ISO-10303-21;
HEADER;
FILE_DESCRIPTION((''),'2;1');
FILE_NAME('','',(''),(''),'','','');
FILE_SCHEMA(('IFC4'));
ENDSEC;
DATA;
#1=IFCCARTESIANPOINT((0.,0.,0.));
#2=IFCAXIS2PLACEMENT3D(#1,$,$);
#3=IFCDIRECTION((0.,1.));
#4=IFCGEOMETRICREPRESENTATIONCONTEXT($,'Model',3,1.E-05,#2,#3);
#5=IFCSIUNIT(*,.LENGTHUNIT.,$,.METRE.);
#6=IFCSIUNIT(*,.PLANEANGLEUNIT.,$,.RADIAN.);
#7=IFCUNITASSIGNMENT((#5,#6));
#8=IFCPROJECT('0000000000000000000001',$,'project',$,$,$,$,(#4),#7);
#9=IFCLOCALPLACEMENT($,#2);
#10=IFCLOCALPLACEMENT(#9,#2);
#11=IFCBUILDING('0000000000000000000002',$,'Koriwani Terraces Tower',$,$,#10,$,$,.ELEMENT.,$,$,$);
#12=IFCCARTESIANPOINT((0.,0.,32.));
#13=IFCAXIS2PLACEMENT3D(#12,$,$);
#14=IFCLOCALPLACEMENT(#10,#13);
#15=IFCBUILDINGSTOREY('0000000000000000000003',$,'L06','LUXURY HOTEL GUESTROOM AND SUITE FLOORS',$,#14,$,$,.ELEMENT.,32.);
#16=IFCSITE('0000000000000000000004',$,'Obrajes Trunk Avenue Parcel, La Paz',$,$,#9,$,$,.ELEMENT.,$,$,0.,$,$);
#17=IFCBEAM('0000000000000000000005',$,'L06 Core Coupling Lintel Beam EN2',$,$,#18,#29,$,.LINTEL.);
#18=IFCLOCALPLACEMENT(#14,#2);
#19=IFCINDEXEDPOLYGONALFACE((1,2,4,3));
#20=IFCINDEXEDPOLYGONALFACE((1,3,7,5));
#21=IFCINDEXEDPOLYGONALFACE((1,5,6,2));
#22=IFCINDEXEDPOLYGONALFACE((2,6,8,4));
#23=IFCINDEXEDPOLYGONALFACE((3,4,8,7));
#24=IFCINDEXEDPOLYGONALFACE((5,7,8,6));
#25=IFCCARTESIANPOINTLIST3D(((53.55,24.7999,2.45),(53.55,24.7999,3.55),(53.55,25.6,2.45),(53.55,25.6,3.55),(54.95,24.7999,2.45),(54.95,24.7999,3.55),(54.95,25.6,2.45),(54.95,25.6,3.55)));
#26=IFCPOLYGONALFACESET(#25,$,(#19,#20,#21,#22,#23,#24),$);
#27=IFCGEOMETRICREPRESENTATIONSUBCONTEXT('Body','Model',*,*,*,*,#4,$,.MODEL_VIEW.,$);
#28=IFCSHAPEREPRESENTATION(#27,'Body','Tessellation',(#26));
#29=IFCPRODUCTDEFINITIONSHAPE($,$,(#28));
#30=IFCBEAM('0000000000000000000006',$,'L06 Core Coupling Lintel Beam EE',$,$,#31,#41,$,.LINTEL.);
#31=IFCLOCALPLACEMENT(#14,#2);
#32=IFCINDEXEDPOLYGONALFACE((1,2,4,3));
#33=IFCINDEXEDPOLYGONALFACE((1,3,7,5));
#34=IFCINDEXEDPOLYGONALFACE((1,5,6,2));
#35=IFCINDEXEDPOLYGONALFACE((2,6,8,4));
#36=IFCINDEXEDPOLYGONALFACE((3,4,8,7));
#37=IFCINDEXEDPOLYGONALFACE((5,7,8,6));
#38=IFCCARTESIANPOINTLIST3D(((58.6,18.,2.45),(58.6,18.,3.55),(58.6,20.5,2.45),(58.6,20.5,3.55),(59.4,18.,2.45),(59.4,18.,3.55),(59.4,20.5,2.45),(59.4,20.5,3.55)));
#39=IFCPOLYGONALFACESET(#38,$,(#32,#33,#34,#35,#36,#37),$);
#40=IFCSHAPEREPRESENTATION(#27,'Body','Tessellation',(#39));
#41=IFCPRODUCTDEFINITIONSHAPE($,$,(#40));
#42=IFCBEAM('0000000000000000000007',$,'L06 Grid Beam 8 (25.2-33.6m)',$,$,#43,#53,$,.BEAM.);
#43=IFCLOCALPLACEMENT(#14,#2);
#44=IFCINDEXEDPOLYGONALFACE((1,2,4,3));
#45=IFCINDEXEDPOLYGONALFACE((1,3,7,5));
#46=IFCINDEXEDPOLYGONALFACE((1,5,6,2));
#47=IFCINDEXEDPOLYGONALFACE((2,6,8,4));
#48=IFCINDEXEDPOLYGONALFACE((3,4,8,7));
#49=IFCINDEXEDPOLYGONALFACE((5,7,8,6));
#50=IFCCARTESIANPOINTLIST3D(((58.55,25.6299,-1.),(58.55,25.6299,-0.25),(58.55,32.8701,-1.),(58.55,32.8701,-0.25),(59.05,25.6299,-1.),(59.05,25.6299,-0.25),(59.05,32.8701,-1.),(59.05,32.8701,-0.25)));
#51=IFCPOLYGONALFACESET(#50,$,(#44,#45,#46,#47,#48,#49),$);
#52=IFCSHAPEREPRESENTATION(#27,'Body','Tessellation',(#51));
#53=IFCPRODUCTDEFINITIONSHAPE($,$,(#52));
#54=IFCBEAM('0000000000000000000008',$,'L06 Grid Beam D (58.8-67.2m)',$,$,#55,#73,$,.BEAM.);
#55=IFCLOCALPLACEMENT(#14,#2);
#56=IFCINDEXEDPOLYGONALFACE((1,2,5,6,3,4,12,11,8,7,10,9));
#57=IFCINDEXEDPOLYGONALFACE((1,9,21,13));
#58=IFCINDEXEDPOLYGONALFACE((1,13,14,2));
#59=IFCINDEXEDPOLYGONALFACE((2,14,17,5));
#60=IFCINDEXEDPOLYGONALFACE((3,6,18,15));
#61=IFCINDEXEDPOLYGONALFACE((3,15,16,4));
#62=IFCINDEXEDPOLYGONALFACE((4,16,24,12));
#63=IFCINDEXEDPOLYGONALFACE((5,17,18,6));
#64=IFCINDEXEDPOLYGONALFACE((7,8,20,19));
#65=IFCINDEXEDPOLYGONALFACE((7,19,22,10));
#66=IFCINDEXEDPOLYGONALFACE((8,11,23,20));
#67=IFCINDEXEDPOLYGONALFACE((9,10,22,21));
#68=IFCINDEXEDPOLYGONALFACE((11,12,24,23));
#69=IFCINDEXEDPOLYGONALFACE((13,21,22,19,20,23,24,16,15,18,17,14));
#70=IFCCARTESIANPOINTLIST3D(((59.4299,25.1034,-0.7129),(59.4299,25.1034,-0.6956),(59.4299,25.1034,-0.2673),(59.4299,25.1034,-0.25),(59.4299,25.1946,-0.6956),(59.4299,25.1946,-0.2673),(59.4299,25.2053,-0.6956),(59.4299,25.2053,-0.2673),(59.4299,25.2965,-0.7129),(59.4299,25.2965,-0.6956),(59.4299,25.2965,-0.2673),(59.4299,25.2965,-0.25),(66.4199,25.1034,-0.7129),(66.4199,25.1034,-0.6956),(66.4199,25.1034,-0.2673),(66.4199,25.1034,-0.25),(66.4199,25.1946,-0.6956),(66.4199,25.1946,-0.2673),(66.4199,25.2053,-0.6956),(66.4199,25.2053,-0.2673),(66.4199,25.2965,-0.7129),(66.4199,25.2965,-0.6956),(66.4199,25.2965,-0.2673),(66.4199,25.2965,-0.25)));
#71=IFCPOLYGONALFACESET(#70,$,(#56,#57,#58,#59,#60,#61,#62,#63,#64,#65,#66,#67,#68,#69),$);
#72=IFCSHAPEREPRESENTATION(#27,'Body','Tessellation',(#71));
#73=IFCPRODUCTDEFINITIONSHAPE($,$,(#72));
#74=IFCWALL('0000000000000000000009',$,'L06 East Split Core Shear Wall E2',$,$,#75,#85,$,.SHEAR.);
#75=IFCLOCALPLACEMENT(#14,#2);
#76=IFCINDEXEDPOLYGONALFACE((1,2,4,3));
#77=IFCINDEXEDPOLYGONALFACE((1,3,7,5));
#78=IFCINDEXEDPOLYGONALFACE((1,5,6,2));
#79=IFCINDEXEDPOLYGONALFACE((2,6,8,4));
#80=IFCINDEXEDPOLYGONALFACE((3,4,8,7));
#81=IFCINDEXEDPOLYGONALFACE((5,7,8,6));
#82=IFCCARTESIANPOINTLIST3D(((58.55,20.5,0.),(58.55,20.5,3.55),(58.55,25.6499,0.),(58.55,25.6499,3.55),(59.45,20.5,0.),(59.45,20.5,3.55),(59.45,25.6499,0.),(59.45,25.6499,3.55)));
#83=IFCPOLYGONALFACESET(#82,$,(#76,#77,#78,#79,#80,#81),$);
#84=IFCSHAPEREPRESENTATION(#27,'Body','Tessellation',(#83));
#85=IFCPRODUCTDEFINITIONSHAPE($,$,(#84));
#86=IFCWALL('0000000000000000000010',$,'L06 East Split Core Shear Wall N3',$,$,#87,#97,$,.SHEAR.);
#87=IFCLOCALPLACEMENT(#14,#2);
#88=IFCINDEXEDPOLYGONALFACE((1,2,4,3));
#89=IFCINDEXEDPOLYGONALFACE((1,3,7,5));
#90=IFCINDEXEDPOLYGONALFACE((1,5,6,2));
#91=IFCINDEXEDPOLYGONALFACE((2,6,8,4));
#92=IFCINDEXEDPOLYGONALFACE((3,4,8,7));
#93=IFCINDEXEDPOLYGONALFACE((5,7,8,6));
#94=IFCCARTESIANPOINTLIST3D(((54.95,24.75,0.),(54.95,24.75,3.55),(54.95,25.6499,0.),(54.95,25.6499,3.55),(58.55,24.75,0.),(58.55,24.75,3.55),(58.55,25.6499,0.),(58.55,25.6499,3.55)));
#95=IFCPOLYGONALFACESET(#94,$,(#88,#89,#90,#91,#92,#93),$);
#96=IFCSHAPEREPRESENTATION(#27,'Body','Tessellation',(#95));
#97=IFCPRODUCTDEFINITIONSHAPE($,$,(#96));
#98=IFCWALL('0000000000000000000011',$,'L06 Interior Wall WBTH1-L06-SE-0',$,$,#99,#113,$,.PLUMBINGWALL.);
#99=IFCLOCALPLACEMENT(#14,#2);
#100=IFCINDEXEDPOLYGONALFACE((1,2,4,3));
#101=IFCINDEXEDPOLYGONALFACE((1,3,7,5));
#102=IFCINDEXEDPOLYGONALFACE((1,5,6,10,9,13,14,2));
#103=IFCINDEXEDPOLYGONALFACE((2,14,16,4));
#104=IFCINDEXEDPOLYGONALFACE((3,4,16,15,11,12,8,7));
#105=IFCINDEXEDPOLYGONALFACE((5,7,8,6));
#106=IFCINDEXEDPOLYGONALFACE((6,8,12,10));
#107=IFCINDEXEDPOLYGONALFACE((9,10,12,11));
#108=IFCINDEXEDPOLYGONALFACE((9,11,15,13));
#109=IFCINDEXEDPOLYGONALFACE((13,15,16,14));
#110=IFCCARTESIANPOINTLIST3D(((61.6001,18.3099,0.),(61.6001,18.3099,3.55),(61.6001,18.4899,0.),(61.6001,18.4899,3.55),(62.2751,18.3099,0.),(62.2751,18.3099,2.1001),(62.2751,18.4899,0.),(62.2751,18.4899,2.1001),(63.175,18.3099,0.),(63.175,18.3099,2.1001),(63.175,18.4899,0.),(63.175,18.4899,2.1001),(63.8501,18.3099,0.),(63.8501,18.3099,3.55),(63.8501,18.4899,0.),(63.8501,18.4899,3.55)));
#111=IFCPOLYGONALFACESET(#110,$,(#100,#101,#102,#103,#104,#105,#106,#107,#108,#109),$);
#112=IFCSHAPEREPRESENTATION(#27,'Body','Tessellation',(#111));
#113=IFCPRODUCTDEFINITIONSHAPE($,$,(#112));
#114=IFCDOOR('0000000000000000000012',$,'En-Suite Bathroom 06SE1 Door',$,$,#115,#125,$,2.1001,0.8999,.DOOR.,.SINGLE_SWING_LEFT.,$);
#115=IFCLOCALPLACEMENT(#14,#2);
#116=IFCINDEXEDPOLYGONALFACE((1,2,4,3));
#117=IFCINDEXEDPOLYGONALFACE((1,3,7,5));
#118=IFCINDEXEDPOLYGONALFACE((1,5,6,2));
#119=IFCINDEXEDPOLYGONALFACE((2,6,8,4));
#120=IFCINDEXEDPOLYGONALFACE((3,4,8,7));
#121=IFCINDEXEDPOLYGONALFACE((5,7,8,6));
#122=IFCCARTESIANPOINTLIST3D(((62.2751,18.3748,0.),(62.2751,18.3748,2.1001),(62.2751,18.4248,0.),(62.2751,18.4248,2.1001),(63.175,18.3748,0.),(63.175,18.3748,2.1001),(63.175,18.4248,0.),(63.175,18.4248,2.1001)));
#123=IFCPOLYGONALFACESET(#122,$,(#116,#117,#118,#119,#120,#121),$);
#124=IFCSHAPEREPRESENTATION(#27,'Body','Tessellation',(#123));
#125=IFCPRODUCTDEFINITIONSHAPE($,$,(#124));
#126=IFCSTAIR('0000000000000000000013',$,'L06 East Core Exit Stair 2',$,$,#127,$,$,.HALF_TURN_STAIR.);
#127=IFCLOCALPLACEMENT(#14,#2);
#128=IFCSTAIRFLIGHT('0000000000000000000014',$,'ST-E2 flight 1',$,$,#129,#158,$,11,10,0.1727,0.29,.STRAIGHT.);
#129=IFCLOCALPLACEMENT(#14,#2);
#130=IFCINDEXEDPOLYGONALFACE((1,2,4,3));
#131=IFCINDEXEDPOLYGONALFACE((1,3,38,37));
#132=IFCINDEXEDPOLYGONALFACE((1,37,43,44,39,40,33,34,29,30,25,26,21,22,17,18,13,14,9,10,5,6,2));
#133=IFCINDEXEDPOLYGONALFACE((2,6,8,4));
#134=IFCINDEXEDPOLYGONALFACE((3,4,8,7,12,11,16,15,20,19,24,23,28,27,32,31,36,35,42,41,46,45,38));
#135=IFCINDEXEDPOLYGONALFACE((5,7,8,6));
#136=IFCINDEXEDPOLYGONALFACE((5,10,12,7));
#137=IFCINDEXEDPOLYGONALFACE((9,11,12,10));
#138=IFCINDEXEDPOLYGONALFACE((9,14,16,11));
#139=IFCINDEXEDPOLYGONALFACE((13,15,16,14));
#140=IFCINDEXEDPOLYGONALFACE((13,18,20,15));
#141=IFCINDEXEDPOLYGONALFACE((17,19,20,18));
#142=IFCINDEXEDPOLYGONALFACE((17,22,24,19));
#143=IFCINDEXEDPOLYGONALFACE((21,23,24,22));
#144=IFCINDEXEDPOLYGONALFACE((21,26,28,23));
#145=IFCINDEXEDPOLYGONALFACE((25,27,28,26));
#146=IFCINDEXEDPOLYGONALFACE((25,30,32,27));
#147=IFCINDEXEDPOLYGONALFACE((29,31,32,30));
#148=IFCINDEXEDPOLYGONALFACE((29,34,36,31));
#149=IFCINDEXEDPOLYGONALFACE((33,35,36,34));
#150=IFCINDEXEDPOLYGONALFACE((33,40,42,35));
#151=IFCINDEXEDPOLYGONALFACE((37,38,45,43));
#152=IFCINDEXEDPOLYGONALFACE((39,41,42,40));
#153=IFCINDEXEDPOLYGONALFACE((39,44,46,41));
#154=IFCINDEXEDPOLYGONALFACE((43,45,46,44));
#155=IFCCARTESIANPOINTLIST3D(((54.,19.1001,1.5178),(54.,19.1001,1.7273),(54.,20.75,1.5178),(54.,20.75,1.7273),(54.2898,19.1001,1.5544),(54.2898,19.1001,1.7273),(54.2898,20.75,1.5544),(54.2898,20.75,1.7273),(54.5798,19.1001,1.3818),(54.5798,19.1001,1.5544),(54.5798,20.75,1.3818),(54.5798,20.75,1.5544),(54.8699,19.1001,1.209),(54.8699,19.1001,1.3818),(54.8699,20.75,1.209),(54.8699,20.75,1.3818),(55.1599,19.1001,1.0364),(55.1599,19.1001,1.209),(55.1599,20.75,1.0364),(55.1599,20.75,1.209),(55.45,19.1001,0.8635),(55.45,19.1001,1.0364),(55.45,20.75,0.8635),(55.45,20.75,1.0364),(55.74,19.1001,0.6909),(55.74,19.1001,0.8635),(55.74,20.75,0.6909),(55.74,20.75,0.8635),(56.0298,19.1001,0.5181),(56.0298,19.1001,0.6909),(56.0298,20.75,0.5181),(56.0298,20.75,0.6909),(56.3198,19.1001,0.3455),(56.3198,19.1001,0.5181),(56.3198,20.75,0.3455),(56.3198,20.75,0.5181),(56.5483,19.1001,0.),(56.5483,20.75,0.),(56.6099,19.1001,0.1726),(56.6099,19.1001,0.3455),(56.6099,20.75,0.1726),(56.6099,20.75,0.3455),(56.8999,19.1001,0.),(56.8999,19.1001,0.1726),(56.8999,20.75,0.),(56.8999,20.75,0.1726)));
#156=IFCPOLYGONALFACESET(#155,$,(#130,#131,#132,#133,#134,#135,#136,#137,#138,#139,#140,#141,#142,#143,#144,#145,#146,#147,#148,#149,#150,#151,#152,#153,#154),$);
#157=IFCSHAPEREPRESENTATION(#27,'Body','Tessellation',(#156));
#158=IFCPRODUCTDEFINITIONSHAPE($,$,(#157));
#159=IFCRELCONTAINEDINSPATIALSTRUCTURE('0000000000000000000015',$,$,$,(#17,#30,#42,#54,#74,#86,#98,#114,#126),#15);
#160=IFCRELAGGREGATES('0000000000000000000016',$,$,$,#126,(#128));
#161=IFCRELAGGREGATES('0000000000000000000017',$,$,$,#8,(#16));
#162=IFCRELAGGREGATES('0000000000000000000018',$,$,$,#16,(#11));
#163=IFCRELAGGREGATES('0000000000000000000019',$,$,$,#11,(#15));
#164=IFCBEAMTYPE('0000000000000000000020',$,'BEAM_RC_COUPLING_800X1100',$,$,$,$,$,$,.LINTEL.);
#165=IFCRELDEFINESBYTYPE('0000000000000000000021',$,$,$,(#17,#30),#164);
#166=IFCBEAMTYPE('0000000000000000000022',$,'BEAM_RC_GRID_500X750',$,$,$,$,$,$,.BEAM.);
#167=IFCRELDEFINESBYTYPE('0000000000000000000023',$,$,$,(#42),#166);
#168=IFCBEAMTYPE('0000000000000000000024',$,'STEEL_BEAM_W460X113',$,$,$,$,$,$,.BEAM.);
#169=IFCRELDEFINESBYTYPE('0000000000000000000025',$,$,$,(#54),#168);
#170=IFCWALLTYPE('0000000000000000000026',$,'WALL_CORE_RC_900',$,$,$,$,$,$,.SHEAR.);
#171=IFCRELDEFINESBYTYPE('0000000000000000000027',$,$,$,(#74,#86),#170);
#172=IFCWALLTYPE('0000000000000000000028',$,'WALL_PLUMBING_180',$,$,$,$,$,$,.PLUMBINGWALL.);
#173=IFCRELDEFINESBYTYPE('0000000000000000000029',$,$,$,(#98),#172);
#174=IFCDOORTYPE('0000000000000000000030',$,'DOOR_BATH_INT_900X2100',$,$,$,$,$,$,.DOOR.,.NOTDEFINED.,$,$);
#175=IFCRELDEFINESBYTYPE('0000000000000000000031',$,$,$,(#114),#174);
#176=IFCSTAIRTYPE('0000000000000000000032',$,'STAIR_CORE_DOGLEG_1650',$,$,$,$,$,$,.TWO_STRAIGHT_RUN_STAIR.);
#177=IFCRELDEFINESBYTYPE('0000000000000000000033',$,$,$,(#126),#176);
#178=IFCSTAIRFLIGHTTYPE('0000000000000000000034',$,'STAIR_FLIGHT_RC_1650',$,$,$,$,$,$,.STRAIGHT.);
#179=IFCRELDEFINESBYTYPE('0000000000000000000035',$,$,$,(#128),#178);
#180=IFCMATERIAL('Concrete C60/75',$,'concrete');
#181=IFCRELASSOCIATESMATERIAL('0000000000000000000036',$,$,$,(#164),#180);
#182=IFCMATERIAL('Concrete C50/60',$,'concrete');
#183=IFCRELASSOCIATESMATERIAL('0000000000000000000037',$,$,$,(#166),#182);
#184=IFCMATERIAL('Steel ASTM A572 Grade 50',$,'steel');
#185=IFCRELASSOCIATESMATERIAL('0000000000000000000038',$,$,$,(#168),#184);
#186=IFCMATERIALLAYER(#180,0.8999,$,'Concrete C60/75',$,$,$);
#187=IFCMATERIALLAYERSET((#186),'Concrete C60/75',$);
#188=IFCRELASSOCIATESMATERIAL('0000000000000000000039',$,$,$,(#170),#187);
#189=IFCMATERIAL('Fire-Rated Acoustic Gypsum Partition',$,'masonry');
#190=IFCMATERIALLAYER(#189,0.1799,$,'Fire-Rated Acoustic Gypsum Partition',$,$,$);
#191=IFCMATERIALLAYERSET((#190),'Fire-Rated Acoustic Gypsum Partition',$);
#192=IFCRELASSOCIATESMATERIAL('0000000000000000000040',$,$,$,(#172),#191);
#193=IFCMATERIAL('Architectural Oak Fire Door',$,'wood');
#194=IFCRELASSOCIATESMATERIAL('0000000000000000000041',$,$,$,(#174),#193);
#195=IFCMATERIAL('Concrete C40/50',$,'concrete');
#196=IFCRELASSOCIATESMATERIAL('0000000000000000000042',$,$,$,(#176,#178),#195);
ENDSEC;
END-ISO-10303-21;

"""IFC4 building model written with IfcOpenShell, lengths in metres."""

from ifc_helpers import new_model, si_unit, direction, frame, frame_2d, origin, origin_2d, place, context, subcontext, project, spatial, polyline, rectangle, i_section, outline, extrude, material, layer, layer_set, material_profile, profile_set, type_object, element, fill, aggregate, save


model = new_model("IFC4")

# Units and contexts
model_context = context("Model", 3, precision=1e-05, world=origin(), true_north=direction((0.0, 1.0)))
body_context = subcontext(model_context, "Body", "Model", "MODEL_VIEW")
ifc_project = project(units=[si_unit("LENGTHUNIT", "METRE"), si_unit("PLANEANGLEUNIT", "RADIAN")], contexts=[model_context])

# Site, building, storey
site_placement = place(None, origin())
site = spatial("IfcSite", under=ifc_project, at=site_placement, Name="Obrajes Trunk Avenue Parcel, La Paz", CompositionType="ELEMENT", RefElevation=0.0)
building_placement = place(site_placement, origin())
building = spatial("IfcBuilding", under=site, at=building_placement, Name="Koriwani Terraces Tower", CompositionType="ELEMENT")
storey_placement = place(building_placement, frame((0.0, 0.0, 32.0)))
storey = spatial("IfcBuildingStorey", under=building, at=storey_placement, Name="L06", Description="LUXURY HOTEL GUESTROOM AND SUITE FLOORS", CompositionType="ELEMENT", Elevation=32.0)

# Beams
ifc_material_1 = material(Name="Concrete C60/75", Category="concrete")
ifc_material_profile_1 = material_profile(ifc_material_1, rectangle(XDim=0.8, YDim=1.1001, at=origin_2d()), Name="Concrete C60/75", Category="LoadBearing")
ifc_profile_set_1 = profile_set([ifc_material_profile_1], Name="Concrete C60/75")
beam_type_1 = type_object("IfcBeamType", Name="BEAM_RC_COUPLING_800X1100", PredefinedType="LINTEL", material=ifc_profile_set_1)
beam_1_placement = place(storey_placement, frame((53.55, 25.2, 3.0), z_axis=(1.0, 0.0, 0.0), x_axis=(0.0, 1.0, 0.0)))
element("IfcBeam", 1, at=beam_1_placement, inside=storey, type_object=beam_type_1, Name="L06 Core Coupling Lintel Beam EN2", PredefinedType="LINTEL", context=body_context, shape_type="SweptSolid", body=[
    extrude(rectangle(XDim=0.8, YDim=1.1001, at=origin_2d()), origin(), (0.0, 0.0, 1.0), 1.3999),
])
beam_2_placement = place(storey_placement, frame((59.0, 18.0, 3.0), z_axis=(0.0, 1.0, 0.0), x_axis=(-1.0, 0.0, 0.0)))
element("IfcBeam", 2, at=beam_2_placement, inside=storey, type_object=beam_type_1, Name="L06 Core Coupling Lintel Beam EE", PredefinedType="LINTEL", context=body_context, shape_type="SweptSolid", body=[
    extrude(rectangle(XDim=0.8, YDim=1.1001, at=origin_2d()), origin(), (0.0, 0.0, 1.0), 2.5),
])
ifc_material_2 = material(Name="Concrete C50/60", Category="concrete")
ifc_material_profile_2 = material_profile(ifc_material_2, rectangle(XDim=0.5, YDim=0.75, at=origin_2d()), Name="Concrete C50/60", Category="LoadBearing")
ifc_profile_set_2 = profile_set([ifc_material_profile_2], Name="Concrete C50/60")
beam_type_2 = type_object("IfcBeamType", Name="BEAM_RC_GRID_500X750", PredefinedType="BEAM", material=ifc_profile_set_2)
beam_3_placement = place(storey_placement, frame((58.8, 25.6299, -0.625), z_axis=(0.0, 1.0, 0.0), x_axis=(-1.0, 0.0, 0.0)))
element("IfcBeam", 3, at=beam_3_placement, inside=storey, type_object=beam_type_2, Name="L06 Grid Beam 8 (25.2-33.6m)", PredefinedType="BEAM", context=body_context, shape_type="SweptSolid", body=[
    extrude(rectangle(XDim=0.5, YDim=0.75, at=origin_2d()), origin(), (0.0, 0.0, 1.0), 7.2402),
])
ifc_material_3 = material(Name="Steel ASTM A572 Grade 50", Category="steel")
ifc_material_profile_3 = material_profile(ifc_material_3, i_section(OverallWidth=0.1931, OverallDepth=0.4629, WebThickness=0.0107, FlangeThickness=0.0173, at=origin_2d()), Name="Steel ASTM A572 Grade 50", Category="LoadBearing")
ifc_profile_set_3 = profile_set([ifc_material_profile_3], Name="Steel ASTM A572 Grade 50")
beam_type_3 = type_object("IfcBeamType", Name="STEEL_BEAM_W460X113", PredefinedType="BEAM", material=ifc_profile_set_3)
beam_4_placement = place(storey_placement, frame((59.4299, 25.2, -0.4814), z_axis=(1.0, 0.0, 0.0), x_axis=(0.0, 1.0, 0.0)))
element("IfcBeam", 4, at=beam_4_placement, inside=storey, type_object=beam_type_3, Name="L06 Grid Beam D (58.8-67.2m)", PredefinedType="BEAM", context=body_context, shape_type="SweptSolid", body=[
    extrude(i_section(OverallWidth=0.1931, OverallDepth=0.4629, WebThickness=0.0107, FlangeThickness=0.0173, at=origin_2d()), origin(), (0.0, 0.0, 1.0), 6.99),
])

# Walls
ifc_layer_1 = layer(ifc_material_1, 0.8999, Name="Concrete C60/75")
ifc_layer_set_1 = layer_set([ifc_layer_1], Name="Concrete C60/75")
wall_type_1 = type_object("IfcWallType", Name="WALL_CORE_RC_900", PredefinedType="SHEAR", material=ifc_layer_set_1)
wall_1_placement = place(storey_placement, frame((59.0, 20.5, 0.0), z_axis=(0.0, 0.0, 1.0), x_axis=(0.0, 1.0, 0.0)))
element("IfcWall", 5, at=wall_1_placement, inside=storey, type_object=wall_type_1, Name="L06 East Split Core Shear Wall E2", PredefinedType="SHEAR", context=body_context, shape_type="SweptSolid", body=[
    extrude(rectangle(XDim=5.1499, YDim=0.8999, at=frame_2d((2.575, 0.0))), origin(), (0.0, 0.0, 1.0), 3.55),
])
wall_2_placement = place(storey_placement, frame((54.95, 25.2, 0.0), z_axis=(0.0, 0.0, 1.0), x_axis=(1.0, 0.0, 0.0)))
element("IfcWall", 6, at=wall_2_placement, inside=storey, type_object=wall_type_1, Name="L06 East Split Core Shear Wall N3", PredefinedType="SHEAR", context=body_context, shape_type="SweptSolid", body=[
    extrude(rectangle(XDim=3.6001, YDim=0.8999, at=frame_2d((1.8, 0.0))), origin(), (0.0, 0.0, 1.0), 3.55),
])

# Wall, opening, door
ifc_material_4 = material(Name="Fire-Rated Acoustic Gypsum Partition", Category="masonry")
ifc_layer_2 = layer(ifc_material_4, 0.1799, Name="Fire-Rated Acoustic Gypsum Partition")
ifc_layer_set_2 = layer_set([ifc_layer_2], Name="Fire-Rated Acoustic Gypsum Partition")
wall_type_2 = type_object("IfcWallType", Name="WALL_PLUMBING_180", PredefinedType="PLUMBINGWALL", material=ifc_layer_set_2)
wall_3_placement = place(storey_placement, frame((61.6001, 18.3999, 0.0), z_axis=(0.0, 0.0, 1.0), x_axis=(1.0, 0.0, 0.0)))
wall_3 = element("IfcWall", 7, at=wall_3_placement, inside=storey, type_object=wall_type_2, Name="L06 Interior Wall WBTH1-L06-SE-0", PredefinedType="PLUMBINGWALL", context=body_context, shape_type="SweptSolid", body=[
    extrude(rectangle(XDim=2.25, YDim=0.1799, at=frame_2d((1.125, 0.0))), origin(), (0.0, 0.0, 1.0), 3.55),
])
opening_1_placement = place(wall_3_placement, frame((0.675, 0.0, 0.0)))
opening_1 = element("IfcOpeningElement", 8, at=opening_1_placement, cuts=wall_3, PredefinedType="OPENING", context=body_context, shape_type="SweptSolid", body=[
    extrude(rectangle(XDim=0.8999, YDim=2.1001, at=frame_2d((0.45, 1.05))), frame((0.0, 0.1001, 0.0), z_axis=(0.0, -1.0, 0.0), x_axis=(1.0, 0.0, 0.0)), (0.0, 0.0, 1.0), 0.2),
])
ifc_material_5 = material(Name="Architectural Oak Fire Door", Category="wood")
door_type_1 = type_object("IfcDoorType", Name="DOOR_BATH_INT_900X2100", OperationType="NOTDEFINED", PredefinedType="DOOR", material=ifc_material_5)
door_1_placement = place(opening_1_placement, origin())
door_1 = element("IfcDoor", 9, at=door_1_placement, inside=storey, type_object=door_type_1, Name="En-Suite Bathroom 06SE1 Door", OperationType="SINGLE_SWING_LEFT", OverallHeight=2.1001, OverallWidth=0.8999, PredefinedType="DOOR", context=body_context, shape_type="SweptSolid", body=[
    extrude(rectangle(XDim=0.8999, YDim=2.1001, at=frame_2d((0.45, 1.05))), frame((0.0, 0.0249, 0.0), z_axis=(0.0, -1.0, 0.0), x_axis=(1.0, 0.0, 0.0)), (0.0, 0.0, 1.0), 0.05),
])
fill(opening_1, door_1)
ifc_material_6 = material(Name="Concrete C40/50", Category="concrete")

# Stair, stair flight
stair_type = type_object("IfcStairType", Name="STAIR_CORE_DOGLEG_1650", PredefinedType="TWO_STRAIGHT_RUN_STAIR", material=ifc_material_6)
stair_placement = place(storey_placement, origin())
stair = element("IfcStair", 10, at=stair_placement, inside=storey, type_object=stair_type, Name="L06 East Core Exit Stair 2", PredefinedType="HALF_TURN_STAIR")
stair_flight_type = type_object("IfcStairFlightType", Name="STAIR_FLIGHT_RC_1650", PredefinedType="STRAIGHT", material=ifc_material_6)
stair_flight_1_placement = place(storey_placement, frame((56.8999, 19.925, 0.0), z_axis=(0.0, 0.0, 1.0), x_axis=(-1.0, 0.0, 0.0)))
stair_flight_1 = element("IfcStairFlight", 11, at=stair_flight_1_placement, type_object=stair_flight_type, Name="ST-E2 flight 1", NumberOfRisers=11, NumberOfTreads=10, PredefinedType="STRAIGHT", RiserHeight=0.1727, TreadLength=0.29, context=body_context, shape_type="SweptSolid", body=[
    extrude(outline(polyline([(0.0, 0.0), (0.0, 0.1726), (0.29, 0.1726), (0.29, 0.3455), (0.5801, 0.3455), (0.5801, 0.5181), (0.8701, 0.5181), (0.8701, 0.6909), (1.1599, 0.6909), (1.1599, 0.8635), (1.45, 0.8635), (1.45, 1.0364), (1.74, 1.0364), (1.74, 1.209), (2.03, 1.209), (2.03, 1.3818), (2.3201, 1.3818), (2.3201, 1.5544), (2.6101, 1.5544), (2.6101, 1.7273), (2.8999, 1.7273), (2.8999, 1.8999), (2.8999, 1.5178), (0.3516, 0.0), (0.0, 0.0)])), frame((0.0, 0.825, 0.0), z_axis=(0.0, -1.0, 0.0), x_axis=(1.0, 0.0, 0.0)), (0.0, 0.0, 1.0), 1.6499),
])
aggregate(stair, [stair_flight_1])

save(model, "model.ifc")
